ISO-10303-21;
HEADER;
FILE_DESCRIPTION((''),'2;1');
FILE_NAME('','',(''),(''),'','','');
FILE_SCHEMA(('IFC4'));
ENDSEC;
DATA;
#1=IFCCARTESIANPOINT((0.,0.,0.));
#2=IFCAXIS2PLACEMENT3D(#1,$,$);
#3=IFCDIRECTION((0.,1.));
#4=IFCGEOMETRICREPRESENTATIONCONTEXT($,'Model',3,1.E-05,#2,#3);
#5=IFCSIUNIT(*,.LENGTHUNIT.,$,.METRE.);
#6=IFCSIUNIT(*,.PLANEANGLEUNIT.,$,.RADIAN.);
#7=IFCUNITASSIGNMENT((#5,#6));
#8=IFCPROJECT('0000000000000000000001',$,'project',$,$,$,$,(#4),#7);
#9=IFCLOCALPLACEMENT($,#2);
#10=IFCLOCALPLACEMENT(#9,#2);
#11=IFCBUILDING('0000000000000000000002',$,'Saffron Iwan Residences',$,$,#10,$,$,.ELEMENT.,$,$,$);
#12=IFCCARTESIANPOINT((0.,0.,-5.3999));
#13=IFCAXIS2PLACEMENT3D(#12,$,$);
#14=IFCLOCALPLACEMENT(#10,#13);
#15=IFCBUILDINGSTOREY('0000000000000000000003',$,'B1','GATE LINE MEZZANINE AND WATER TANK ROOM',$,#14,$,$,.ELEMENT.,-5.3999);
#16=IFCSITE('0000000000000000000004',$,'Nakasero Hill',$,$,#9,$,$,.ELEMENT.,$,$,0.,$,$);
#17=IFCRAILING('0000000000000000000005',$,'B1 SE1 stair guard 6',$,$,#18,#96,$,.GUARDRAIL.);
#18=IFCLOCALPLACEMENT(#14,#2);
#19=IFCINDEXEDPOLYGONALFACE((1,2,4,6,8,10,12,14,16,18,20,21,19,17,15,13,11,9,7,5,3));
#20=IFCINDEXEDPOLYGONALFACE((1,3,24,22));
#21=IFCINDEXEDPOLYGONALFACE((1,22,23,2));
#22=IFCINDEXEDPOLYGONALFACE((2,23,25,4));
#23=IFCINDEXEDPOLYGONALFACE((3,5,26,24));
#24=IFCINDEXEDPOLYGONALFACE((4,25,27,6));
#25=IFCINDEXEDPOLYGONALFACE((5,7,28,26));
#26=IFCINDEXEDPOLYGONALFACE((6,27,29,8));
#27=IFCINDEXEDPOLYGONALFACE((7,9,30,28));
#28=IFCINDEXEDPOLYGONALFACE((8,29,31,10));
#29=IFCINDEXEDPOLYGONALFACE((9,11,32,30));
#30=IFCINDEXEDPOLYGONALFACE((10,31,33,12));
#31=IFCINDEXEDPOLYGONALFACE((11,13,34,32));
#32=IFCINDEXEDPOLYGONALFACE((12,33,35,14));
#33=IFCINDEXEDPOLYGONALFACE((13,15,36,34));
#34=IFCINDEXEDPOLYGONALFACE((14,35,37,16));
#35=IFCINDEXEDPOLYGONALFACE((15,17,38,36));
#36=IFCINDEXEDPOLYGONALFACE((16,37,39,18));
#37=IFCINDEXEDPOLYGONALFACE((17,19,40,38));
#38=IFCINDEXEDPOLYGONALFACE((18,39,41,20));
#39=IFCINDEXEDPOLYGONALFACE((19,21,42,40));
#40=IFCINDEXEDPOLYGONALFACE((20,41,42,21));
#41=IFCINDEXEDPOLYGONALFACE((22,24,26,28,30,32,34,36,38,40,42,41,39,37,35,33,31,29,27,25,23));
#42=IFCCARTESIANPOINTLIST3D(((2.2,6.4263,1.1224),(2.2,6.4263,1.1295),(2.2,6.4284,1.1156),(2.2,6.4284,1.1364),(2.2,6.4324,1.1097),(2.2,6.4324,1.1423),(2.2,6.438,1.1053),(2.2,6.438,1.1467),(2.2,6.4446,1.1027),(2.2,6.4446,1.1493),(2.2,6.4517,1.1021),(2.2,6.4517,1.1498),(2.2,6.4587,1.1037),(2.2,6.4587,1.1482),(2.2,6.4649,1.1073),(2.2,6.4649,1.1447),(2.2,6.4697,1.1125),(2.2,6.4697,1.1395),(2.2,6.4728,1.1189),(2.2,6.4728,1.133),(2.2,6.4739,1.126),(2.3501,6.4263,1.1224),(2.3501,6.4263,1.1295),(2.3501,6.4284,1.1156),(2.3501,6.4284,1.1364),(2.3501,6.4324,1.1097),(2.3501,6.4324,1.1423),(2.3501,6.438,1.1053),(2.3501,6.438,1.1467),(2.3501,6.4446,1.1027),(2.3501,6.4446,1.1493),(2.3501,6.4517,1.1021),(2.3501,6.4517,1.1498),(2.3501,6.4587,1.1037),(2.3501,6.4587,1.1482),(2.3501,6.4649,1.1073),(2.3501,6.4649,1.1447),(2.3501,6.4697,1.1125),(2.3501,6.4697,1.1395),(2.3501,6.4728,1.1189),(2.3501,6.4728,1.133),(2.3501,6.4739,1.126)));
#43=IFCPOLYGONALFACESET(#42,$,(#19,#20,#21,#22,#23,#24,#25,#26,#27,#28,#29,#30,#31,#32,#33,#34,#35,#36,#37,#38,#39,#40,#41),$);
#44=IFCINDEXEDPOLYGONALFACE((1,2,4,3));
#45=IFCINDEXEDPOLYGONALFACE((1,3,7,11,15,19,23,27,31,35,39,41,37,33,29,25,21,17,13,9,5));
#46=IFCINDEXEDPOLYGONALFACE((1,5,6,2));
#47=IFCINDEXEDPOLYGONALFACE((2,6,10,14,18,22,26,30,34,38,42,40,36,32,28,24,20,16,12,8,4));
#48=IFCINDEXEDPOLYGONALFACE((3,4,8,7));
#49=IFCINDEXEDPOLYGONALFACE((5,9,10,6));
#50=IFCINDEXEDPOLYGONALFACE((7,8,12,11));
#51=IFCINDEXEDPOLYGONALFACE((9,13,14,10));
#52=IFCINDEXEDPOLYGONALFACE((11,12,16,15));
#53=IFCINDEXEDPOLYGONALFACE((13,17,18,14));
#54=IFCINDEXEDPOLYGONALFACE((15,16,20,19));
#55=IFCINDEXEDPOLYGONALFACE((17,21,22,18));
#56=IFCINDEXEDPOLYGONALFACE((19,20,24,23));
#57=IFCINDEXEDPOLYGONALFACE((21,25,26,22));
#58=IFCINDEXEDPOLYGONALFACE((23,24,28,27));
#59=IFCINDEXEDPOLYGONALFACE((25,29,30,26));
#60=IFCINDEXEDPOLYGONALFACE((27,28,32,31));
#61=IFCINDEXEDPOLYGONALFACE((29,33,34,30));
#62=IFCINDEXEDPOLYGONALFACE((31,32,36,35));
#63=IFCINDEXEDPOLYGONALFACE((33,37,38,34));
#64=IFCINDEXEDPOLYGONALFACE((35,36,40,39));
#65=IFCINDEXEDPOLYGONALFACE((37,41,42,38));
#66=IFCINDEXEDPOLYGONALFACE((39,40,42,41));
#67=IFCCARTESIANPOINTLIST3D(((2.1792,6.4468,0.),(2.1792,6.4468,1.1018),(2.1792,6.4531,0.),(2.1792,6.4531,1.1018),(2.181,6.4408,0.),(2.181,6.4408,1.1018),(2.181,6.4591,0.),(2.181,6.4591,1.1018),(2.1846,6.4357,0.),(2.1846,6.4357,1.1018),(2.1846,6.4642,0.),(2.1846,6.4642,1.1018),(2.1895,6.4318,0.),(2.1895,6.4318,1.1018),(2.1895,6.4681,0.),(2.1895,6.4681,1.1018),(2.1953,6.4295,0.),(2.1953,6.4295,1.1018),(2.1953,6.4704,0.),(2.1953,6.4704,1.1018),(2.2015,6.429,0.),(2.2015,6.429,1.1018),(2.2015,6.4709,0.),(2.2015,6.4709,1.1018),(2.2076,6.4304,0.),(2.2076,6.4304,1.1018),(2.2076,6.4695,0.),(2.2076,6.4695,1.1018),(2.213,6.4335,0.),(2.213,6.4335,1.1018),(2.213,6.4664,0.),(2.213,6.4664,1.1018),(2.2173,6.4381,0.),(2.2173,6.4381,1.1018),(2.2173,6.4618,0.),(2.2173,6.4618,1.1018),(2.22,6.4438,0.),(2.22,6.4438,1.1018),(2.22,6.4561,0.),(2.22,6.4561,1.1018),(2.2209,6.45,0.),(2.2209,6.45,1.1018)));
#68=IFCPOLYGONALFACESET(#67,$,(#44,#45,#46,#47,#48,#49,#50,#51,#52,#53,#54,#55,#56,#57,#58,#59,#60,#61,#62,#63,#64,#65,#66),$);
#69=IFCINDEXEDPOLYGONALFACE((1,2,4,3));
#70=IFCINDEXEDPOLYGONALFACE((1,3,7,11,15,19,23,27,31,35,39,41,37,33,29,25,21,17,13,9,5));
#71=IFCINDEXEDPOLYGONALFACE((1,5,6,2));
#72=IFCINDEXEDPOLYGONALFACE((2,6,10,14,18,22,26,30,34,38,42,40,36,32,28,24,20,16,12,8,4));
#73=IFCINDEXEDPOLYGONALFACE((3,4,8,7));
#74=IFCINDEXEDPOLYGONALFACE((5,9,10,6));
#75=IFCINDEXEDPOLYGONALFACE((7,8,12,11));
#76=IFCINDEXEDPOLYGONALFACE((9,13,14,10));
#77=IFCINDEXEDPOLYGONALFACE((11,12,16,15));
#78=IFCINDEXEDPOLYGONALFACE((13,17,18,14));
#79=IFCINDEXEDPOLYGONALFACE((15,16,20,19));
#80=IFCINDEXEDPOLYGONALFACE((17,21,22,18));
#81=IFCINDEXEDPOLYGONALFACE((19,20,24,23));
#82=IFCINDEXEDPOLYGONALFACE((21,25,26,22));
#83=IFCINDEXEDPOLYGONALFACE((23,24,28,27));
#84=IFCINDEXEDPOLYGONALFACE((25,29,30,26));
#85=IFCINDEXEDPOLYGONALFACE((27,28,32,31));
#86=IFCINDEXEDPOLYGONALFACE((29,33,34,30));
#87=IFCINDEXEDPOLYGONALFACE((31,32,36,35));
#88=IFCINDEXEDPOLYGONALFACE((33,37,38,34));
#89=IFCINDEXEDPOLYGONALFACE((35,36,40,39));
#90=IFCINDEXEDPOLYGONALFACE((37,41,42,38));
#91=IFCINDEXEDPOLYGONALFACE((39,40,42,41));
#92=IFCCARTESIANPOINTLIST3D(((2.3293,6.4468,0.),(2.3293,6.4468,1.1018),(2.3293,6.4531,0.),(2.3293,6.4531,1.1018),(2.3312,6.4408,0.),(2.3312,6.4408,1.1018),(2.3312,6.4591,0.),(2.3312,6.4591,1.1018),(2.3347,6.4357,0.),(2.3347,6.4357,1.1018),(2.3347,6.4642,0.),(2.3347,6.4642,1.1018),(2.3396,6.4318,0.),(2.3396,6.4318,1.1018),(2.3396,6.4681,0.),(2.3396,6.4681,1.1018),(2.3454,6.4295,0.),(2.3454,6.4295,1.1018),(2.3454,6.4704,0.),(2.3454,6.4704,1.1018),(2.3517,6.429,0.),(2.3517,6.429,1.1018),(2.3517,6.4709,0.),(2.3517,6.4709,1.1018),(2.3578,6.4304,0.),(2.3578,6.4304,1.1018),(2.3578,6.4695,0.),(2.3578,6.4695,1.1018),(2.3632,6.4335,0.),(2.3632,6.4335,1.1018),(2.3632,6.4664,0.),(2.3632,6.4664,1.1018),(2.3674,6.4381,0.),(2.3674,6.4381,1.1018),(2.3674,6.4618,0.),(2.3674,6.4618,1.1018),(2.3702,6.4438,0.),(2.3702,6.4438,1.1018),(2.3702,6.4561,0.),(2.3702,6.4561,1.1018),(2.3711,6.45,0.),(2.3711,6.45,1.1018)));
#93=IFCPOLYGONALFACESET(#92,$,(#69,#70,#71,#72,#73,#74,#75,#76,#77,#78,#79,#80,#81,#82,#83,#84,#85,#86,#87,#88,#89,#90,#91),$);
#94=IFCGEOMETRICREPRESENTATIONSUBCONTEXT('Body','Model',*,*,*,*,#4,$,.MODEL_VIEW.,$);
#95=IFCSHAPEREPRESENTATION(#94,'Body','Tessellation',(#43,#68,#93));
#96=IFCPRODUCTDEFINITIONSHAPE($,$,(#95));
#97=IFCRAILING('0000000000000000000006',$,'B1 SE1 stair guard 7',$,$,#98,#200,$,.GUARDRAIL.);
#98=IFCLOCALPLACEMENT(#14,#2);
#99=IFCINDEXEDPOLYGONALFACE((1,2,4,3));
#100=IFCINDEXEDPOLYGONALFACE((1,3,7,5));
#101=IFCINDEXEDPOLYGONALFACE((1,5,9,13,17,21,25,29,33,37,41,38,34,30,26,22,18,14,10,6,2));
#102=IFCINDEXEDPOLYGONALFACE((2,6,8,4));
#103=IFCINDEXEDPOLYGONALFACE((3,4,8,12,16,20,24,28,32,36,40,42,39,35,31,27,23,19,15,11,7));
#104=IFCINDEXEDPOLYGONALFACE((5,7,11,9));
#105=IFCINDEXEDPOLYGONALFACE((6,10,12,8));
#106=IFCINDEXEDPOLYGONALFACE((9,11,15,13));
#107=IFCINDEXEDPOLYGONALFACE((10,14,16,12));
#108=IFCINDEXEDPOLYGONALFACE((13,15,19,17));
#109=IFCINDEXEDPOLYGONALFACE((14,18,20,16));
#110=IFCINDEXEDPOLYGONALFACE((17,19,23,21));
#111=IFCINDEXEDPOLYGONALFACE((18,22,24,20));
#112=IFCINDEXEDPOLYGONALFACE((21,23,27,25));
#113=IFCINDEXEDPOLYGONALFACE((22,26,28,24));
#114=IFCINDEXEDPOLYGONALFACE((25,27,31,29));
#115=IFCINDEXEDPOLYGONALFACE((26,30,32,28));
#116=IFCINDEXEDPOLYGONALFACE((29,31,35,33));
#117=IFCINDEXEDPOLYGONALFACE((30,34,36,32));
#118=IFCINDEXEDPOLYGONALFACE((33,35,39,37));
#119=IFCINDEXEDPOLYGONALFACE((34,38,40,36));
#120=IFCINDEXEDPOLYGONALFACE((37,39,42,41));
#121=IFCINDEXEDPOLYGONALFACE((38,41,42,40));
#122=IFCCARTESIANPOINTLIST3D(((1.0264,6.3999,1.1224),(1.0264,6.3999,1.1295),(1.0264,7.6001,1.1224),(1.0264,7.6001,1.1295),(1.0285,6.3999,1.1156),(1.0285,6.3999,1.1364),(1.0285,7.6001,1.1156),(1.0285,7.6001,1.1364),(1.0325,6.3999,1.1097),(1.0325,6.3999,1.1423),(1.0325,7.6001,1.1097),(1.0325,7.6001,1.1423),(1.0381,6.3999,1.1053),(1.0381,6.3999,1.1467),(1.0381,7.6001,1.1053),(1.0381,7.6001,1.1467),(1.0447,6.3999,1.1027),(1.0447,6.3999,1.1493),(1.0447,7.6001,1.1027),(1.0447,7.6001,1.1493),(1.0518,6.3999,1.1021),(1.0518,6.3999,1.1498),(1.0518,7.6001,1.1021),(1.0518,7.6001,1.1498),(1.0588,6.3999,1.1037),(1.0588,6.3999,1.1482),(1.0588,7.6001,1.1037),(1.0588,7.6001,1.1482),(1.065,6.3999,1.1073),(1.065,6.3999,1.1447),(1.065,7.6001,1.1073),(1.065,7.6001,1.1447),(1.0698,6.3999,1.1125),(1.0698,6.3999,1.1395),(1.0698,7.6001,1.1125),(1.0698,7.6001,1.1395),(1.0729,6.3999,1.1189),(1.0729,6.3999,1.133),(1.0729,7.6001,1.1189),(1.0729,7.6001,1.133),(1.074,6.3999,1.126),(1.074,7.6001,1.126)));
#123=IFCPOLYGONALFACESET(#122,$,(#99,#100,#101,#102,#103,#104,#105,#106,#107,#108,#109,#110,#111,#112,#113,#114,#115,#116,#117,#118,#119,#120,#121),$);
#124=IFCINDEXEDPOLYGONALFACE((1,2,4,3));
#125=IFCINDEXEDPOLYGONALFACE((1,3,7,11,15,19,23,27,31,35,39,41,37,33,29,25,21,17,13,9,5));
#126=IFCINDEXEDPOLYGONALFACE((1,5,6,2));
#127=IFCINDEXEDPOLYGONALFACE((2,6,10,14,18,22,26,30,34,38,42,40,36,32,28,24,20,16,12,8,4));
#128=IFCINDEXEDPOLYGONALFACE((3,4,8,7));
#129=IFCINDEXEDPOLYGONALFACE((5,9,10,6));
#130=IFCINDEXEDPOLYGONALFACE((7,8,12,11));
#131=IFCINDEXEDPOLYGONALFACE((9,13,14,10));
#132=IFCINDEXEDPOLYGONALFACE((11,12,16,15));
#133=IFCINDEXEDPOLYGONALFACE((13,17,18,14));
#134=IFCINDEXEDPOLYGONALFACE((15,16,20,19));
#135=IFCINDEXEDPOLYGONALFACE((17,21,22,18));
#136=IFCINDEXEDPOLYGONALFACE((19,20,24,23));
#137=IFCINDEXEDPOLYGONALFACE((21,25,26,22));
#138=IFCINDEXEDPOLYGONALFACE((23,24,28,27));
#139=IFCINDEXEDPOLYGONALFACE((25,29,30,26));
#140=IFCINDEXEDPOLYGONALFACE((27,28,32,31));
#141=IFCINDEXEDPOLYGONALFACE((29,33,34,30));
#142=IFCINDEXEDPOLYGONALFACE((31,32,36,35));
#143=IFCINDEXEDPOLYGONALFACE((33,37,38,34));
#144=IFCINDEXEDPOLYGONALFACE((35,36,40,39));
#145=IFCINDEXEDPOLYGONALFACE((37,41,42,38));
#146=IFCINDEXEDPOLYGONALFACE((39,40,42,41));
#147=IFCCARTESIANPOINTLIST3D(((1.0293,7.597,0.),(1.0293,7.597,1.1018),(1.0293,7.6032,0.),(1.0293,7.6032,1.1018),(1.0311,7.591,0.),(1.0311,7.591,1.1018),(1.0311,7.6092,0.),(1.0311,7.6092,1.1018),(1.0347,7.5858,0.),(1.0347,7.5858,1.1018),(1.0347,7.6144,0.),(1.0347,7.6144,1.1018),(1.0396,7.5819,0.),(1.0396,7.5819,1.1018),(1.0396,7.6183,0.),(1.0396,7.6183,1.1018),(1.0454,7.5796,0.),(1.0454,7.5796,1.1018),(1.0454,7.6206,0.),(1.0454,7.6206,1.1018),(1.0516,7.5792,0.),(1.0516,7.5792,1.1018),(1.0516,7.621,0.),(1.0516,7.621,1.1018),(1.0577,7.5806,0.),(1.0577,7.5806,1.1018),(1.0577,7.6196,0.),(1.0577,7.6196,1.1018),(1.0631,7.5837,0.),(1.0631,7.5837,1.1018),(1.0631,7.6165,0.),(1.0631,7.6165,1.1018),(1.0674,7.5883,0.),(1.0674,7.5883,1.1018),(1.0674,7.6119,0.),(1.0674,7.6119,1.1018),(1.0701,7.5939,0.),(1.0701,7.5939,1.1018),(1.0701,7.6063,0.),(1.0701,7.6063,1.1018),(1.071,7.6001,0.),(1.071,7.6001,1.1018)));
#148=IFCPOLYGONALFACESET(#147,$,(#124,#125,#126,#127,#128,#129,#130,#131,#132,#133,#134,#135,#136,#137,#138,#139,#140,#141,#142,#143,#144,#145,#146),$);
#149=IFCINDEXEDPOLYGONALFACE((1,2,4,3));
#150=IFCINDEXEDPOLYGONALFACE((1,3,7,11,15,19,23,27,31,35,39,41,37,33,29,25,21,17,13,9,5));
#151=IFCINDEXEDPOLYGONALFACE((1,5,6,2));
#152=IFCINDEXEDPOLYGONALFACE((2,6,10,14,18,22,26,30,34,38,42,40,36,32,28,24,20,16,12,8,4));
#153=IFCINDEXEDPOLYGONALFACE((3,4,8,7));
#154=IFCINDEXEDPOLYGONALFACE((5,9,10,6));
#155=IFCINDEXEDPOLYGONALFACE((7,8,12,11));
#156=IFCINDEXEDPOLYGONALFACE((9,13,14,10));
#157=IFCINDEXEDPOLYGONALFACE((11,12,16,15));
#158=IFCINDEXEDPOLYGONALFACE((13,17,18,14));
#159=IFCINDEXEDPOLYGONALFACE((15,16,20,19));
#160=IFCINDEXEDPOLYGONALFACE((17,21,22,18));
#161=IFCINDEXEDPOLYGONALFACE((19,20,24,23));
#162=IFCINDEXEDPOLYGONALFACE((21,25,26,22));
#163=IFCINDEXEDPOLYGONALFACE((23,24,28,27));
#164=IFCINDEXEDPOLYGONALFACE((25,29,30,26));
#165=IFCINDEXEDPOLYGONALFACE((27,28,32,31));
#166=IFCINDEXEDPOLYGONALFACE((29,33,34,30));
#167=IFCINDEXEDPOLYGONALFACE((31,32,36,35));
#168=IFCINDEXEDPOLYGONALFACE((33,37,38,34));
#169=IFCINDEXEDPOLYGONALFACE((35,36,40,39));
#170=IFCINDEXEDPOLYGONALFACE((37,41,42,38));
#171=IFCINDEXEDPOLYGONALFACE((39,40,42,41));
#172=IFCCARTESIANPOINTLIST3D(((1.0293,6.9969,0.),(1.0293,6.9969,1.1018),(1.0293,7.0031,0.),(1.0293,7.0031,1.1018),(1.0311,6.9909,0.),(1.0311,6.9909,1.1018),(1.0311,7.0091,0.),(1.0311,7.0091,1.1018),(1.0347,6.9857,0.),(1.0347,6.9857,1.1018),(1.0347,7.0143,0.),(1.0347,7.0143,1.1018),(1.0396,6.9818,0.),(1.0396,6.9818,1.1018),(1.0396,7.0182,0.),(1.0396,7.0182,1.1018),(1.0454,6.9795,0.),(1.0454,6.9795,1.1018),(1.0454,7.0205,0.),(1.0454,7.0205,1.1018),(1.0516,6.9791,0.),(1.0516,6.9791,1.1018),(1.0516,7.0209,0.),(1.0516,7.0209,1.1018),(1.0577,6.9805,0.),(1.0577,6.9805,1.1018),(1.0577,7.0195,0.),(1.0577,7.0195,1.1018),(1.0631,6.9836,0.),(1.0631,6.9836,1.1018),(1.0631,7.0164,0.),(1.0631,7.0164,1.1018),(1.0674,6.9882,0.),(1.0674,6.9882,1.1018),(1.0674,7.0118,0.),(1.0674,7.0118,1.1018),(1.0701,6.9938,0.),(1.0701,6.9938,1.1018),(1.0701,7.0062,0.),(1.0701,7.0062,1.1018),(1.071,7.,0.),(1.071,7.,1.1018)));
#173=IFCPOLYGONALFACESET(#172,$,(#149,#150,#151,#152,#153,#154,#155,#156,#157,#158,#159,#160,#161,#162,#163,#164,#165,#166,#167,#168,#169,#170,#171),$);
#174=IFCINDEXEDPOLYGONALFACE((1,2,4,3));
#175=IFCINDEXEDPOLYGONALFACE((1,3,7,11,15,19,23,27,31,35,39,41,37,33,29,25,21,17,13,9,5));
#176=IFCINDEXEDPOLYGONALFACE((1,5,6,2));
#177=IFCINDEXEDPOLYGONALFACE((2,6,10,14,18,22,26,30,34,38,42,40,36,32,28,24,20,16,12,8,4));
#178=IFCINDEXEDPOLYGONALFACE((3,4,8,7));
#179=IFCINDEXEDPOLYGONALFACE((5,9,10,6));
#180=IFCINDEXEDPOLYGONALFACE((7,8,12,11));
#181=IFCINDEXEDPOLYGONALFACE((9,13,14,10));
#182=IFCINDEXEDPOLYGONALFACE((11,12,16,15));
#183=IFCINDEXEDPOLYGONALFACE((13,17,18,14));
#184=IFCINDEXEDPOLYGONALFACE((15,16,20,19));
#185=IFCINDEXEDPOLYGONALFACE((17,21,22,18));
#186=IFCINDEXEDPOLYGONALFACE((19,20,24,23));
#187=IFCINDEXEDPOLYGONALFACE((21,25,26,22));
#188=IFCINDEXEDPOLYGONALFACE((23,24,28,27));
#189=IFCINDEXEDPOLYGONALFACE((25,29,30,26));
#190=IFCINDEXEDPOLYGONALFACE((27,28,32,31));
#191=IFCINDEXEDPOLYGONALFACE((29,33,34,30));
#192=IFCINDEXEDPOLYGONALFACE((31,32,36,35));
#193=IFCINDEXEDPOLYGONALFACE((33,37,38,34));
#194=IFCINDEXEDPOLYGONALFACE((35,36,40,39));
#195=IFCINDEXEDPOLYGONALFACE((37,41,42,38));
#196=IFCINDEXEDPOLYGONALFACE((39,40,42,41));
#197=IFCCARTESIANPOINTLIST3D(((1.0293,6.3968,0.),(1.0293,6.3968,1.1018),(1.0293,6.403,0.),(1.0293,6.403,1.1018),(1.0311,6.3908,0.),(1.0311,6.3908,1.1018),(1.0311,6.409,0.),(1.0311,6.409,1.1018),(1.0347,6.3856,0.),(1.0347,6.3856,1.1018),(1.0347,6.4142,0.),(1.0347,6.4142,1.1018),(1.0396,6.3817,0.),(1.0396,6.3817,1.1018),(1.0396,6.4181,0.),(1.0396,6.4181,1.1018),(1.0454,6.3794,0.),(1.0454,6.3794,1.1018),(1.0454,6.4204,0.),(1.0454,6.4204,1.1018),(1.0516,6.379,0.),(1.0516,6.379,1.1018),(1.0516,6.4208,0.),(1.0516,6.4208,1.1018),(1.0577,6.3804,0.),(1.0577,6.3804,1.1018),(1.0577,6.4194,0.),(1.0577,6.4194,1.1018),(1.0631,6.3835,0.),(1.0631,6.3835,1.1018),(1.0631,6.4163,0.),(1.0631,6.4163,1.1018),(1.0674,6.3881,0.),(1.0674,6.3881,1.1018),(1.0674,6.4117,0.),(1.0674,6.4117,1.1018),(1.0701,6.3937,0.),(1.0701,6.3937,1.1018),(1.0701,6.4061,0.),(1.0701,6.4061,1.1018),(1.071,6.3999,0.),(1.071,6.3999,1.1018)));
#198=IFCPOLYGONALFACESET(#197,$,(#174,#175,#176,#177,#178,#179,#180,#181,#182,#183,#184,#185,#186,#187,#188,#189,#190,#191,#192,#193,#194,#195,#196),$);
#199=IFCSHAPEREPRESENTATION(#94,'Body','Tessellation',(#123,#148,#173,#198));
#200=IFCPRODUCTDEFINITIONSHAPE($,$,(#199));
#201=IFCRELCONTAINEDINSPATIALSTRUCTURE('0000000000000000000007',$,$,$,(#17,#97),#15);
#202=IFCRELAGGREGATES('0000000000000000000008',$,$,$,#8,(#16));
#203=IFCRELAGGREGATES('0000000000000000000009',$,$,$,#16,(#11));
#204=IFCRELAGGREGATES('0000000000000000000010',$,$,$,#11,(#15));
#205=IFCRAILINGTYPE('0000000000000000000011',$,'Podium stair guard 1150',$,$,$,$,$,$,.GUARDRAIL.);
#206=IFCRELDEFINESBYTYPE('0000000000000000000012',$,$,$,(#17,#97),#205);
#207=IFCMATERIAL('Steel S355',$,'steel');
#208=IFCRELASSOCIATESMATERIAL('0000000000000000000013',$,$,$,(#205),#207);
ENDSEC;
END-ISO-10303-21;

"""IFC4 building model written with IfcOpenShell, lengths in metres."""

from ifc_helpers import new_model, si_unit, direction, frame, origin, origin_2d, place, context, subcontext, project, spatial, circle, extrude, material, type_object, element, save


model = new_model("IFC4")

# Units and contexts
model_context = context("Model", 3, precision=1e-05, world=origin(), true_north=direction((0.0, 1.0)))
body_context = subcontext(model_context, "Body", "Model", "MODEL_VIEW")
ifc_project = project(units=[si_unit("LENGTHUNIT", "METRE"), si_unit("PLANEANGLEUNIT", "RADIAN")], contexts=[model_context])

# Site, building, storey
site_placement = place(None, origin())
site = spatial("IfcSite", under=ifc_project, at=site_placement, Name="Nakasero Hill", CompositionType="ELEMENT", RefElevation=0.0)
building_placement = place(site_placement, origin())
building = spatial("IfcBuilding", under=site, at=building_placement, Name="Saffron Iwan Residences", CompositionType="ELEMENT")
storey_placement = place(building_placement, frame((0.0, 0.0, -5.3999)))
storey = spatial("IfcBuildingStorey", under=building, at=storey_placement, Name="B1", Description="GATE LINE MEZZANINE AND WATER TANK ROOM", CompositionType="ELEMENT", Elevation=-5.3999)

# Railings
ifc_material_1 = material(Name="Steel S355", Category="steel")
railing_type_1 = type_object("IfcRailingType", Name="Podium stair guard 1150", PredefinedType="GUARDRAIL", material=ifc_material_1)
railing_1_placement = place(storey_placement, frame((2.2, 6.45, 0.0)))
element("IfcRailing", 1, at=railing_1_placement, inside=storey, type_object=railing_type_1, Name="B1 SE1 stair guard 6", PredefinedType="GUARDRAIL", context=body_context, shape_type="SweptSolid", body=[
    extrude(circle(Radius=0.0239, at=origin_2d()), frame((0.0, 0.0, 1.126), z_axis=(1.0, 0.0, 0.0), x_axis=(0.0, 1.0, 0.0)), (0.0, 0.0, 1.0), 0.1501),
    extrude(circle(Radius=0.021, at=origin_2d()), origin(), (0.0, 0.0, 1.0), 1.1018),
    extrude(circle(Radius=0.021, at=origin_2d()), frame((0.1501, 0.0, 0.0)), (0.0, 0.0, 1.0), 1.1018),
])
railing_2_placement = place(storey_placement, frame((1.05, 7.6001, 0.0)))
element("IfcRailing", 2, at=railing_2_placement, inside=storey, type_object=railing_type_1, Name="B1 SE1 stair guard 7", PredefinedType="GUARDRAIL", context=body_context, shape_type="SweptSolid", body=[
    extrude(circle(Radius=0.0239, at=origin_2d()), frame((0.0, 0.0, 1.126), z_axis=(0.0, -1.0, 0.0), x_axis=(1.0, 0.0, 0.0)), (0.0, 0.0, 1.0), 1.2002),
    extrude(circle(Radius=0.021, at=origin_2d()), origin(), (0.0, 0.0, 1.0), 1.1018),
    extrude(circle(Radius=0.021, at=origin_2d()), frame((0.0, -0.6001, 0.0)), (0.0, 0.0, 1.0), 1.1018),
    extrude(circle(Radius=0.021, at=origin_2d()), frame((0.0, -1.2002, 0.0)), (0.0, 0.0, 1.0), 1.1018),
])

save(model, "model.ifc")
